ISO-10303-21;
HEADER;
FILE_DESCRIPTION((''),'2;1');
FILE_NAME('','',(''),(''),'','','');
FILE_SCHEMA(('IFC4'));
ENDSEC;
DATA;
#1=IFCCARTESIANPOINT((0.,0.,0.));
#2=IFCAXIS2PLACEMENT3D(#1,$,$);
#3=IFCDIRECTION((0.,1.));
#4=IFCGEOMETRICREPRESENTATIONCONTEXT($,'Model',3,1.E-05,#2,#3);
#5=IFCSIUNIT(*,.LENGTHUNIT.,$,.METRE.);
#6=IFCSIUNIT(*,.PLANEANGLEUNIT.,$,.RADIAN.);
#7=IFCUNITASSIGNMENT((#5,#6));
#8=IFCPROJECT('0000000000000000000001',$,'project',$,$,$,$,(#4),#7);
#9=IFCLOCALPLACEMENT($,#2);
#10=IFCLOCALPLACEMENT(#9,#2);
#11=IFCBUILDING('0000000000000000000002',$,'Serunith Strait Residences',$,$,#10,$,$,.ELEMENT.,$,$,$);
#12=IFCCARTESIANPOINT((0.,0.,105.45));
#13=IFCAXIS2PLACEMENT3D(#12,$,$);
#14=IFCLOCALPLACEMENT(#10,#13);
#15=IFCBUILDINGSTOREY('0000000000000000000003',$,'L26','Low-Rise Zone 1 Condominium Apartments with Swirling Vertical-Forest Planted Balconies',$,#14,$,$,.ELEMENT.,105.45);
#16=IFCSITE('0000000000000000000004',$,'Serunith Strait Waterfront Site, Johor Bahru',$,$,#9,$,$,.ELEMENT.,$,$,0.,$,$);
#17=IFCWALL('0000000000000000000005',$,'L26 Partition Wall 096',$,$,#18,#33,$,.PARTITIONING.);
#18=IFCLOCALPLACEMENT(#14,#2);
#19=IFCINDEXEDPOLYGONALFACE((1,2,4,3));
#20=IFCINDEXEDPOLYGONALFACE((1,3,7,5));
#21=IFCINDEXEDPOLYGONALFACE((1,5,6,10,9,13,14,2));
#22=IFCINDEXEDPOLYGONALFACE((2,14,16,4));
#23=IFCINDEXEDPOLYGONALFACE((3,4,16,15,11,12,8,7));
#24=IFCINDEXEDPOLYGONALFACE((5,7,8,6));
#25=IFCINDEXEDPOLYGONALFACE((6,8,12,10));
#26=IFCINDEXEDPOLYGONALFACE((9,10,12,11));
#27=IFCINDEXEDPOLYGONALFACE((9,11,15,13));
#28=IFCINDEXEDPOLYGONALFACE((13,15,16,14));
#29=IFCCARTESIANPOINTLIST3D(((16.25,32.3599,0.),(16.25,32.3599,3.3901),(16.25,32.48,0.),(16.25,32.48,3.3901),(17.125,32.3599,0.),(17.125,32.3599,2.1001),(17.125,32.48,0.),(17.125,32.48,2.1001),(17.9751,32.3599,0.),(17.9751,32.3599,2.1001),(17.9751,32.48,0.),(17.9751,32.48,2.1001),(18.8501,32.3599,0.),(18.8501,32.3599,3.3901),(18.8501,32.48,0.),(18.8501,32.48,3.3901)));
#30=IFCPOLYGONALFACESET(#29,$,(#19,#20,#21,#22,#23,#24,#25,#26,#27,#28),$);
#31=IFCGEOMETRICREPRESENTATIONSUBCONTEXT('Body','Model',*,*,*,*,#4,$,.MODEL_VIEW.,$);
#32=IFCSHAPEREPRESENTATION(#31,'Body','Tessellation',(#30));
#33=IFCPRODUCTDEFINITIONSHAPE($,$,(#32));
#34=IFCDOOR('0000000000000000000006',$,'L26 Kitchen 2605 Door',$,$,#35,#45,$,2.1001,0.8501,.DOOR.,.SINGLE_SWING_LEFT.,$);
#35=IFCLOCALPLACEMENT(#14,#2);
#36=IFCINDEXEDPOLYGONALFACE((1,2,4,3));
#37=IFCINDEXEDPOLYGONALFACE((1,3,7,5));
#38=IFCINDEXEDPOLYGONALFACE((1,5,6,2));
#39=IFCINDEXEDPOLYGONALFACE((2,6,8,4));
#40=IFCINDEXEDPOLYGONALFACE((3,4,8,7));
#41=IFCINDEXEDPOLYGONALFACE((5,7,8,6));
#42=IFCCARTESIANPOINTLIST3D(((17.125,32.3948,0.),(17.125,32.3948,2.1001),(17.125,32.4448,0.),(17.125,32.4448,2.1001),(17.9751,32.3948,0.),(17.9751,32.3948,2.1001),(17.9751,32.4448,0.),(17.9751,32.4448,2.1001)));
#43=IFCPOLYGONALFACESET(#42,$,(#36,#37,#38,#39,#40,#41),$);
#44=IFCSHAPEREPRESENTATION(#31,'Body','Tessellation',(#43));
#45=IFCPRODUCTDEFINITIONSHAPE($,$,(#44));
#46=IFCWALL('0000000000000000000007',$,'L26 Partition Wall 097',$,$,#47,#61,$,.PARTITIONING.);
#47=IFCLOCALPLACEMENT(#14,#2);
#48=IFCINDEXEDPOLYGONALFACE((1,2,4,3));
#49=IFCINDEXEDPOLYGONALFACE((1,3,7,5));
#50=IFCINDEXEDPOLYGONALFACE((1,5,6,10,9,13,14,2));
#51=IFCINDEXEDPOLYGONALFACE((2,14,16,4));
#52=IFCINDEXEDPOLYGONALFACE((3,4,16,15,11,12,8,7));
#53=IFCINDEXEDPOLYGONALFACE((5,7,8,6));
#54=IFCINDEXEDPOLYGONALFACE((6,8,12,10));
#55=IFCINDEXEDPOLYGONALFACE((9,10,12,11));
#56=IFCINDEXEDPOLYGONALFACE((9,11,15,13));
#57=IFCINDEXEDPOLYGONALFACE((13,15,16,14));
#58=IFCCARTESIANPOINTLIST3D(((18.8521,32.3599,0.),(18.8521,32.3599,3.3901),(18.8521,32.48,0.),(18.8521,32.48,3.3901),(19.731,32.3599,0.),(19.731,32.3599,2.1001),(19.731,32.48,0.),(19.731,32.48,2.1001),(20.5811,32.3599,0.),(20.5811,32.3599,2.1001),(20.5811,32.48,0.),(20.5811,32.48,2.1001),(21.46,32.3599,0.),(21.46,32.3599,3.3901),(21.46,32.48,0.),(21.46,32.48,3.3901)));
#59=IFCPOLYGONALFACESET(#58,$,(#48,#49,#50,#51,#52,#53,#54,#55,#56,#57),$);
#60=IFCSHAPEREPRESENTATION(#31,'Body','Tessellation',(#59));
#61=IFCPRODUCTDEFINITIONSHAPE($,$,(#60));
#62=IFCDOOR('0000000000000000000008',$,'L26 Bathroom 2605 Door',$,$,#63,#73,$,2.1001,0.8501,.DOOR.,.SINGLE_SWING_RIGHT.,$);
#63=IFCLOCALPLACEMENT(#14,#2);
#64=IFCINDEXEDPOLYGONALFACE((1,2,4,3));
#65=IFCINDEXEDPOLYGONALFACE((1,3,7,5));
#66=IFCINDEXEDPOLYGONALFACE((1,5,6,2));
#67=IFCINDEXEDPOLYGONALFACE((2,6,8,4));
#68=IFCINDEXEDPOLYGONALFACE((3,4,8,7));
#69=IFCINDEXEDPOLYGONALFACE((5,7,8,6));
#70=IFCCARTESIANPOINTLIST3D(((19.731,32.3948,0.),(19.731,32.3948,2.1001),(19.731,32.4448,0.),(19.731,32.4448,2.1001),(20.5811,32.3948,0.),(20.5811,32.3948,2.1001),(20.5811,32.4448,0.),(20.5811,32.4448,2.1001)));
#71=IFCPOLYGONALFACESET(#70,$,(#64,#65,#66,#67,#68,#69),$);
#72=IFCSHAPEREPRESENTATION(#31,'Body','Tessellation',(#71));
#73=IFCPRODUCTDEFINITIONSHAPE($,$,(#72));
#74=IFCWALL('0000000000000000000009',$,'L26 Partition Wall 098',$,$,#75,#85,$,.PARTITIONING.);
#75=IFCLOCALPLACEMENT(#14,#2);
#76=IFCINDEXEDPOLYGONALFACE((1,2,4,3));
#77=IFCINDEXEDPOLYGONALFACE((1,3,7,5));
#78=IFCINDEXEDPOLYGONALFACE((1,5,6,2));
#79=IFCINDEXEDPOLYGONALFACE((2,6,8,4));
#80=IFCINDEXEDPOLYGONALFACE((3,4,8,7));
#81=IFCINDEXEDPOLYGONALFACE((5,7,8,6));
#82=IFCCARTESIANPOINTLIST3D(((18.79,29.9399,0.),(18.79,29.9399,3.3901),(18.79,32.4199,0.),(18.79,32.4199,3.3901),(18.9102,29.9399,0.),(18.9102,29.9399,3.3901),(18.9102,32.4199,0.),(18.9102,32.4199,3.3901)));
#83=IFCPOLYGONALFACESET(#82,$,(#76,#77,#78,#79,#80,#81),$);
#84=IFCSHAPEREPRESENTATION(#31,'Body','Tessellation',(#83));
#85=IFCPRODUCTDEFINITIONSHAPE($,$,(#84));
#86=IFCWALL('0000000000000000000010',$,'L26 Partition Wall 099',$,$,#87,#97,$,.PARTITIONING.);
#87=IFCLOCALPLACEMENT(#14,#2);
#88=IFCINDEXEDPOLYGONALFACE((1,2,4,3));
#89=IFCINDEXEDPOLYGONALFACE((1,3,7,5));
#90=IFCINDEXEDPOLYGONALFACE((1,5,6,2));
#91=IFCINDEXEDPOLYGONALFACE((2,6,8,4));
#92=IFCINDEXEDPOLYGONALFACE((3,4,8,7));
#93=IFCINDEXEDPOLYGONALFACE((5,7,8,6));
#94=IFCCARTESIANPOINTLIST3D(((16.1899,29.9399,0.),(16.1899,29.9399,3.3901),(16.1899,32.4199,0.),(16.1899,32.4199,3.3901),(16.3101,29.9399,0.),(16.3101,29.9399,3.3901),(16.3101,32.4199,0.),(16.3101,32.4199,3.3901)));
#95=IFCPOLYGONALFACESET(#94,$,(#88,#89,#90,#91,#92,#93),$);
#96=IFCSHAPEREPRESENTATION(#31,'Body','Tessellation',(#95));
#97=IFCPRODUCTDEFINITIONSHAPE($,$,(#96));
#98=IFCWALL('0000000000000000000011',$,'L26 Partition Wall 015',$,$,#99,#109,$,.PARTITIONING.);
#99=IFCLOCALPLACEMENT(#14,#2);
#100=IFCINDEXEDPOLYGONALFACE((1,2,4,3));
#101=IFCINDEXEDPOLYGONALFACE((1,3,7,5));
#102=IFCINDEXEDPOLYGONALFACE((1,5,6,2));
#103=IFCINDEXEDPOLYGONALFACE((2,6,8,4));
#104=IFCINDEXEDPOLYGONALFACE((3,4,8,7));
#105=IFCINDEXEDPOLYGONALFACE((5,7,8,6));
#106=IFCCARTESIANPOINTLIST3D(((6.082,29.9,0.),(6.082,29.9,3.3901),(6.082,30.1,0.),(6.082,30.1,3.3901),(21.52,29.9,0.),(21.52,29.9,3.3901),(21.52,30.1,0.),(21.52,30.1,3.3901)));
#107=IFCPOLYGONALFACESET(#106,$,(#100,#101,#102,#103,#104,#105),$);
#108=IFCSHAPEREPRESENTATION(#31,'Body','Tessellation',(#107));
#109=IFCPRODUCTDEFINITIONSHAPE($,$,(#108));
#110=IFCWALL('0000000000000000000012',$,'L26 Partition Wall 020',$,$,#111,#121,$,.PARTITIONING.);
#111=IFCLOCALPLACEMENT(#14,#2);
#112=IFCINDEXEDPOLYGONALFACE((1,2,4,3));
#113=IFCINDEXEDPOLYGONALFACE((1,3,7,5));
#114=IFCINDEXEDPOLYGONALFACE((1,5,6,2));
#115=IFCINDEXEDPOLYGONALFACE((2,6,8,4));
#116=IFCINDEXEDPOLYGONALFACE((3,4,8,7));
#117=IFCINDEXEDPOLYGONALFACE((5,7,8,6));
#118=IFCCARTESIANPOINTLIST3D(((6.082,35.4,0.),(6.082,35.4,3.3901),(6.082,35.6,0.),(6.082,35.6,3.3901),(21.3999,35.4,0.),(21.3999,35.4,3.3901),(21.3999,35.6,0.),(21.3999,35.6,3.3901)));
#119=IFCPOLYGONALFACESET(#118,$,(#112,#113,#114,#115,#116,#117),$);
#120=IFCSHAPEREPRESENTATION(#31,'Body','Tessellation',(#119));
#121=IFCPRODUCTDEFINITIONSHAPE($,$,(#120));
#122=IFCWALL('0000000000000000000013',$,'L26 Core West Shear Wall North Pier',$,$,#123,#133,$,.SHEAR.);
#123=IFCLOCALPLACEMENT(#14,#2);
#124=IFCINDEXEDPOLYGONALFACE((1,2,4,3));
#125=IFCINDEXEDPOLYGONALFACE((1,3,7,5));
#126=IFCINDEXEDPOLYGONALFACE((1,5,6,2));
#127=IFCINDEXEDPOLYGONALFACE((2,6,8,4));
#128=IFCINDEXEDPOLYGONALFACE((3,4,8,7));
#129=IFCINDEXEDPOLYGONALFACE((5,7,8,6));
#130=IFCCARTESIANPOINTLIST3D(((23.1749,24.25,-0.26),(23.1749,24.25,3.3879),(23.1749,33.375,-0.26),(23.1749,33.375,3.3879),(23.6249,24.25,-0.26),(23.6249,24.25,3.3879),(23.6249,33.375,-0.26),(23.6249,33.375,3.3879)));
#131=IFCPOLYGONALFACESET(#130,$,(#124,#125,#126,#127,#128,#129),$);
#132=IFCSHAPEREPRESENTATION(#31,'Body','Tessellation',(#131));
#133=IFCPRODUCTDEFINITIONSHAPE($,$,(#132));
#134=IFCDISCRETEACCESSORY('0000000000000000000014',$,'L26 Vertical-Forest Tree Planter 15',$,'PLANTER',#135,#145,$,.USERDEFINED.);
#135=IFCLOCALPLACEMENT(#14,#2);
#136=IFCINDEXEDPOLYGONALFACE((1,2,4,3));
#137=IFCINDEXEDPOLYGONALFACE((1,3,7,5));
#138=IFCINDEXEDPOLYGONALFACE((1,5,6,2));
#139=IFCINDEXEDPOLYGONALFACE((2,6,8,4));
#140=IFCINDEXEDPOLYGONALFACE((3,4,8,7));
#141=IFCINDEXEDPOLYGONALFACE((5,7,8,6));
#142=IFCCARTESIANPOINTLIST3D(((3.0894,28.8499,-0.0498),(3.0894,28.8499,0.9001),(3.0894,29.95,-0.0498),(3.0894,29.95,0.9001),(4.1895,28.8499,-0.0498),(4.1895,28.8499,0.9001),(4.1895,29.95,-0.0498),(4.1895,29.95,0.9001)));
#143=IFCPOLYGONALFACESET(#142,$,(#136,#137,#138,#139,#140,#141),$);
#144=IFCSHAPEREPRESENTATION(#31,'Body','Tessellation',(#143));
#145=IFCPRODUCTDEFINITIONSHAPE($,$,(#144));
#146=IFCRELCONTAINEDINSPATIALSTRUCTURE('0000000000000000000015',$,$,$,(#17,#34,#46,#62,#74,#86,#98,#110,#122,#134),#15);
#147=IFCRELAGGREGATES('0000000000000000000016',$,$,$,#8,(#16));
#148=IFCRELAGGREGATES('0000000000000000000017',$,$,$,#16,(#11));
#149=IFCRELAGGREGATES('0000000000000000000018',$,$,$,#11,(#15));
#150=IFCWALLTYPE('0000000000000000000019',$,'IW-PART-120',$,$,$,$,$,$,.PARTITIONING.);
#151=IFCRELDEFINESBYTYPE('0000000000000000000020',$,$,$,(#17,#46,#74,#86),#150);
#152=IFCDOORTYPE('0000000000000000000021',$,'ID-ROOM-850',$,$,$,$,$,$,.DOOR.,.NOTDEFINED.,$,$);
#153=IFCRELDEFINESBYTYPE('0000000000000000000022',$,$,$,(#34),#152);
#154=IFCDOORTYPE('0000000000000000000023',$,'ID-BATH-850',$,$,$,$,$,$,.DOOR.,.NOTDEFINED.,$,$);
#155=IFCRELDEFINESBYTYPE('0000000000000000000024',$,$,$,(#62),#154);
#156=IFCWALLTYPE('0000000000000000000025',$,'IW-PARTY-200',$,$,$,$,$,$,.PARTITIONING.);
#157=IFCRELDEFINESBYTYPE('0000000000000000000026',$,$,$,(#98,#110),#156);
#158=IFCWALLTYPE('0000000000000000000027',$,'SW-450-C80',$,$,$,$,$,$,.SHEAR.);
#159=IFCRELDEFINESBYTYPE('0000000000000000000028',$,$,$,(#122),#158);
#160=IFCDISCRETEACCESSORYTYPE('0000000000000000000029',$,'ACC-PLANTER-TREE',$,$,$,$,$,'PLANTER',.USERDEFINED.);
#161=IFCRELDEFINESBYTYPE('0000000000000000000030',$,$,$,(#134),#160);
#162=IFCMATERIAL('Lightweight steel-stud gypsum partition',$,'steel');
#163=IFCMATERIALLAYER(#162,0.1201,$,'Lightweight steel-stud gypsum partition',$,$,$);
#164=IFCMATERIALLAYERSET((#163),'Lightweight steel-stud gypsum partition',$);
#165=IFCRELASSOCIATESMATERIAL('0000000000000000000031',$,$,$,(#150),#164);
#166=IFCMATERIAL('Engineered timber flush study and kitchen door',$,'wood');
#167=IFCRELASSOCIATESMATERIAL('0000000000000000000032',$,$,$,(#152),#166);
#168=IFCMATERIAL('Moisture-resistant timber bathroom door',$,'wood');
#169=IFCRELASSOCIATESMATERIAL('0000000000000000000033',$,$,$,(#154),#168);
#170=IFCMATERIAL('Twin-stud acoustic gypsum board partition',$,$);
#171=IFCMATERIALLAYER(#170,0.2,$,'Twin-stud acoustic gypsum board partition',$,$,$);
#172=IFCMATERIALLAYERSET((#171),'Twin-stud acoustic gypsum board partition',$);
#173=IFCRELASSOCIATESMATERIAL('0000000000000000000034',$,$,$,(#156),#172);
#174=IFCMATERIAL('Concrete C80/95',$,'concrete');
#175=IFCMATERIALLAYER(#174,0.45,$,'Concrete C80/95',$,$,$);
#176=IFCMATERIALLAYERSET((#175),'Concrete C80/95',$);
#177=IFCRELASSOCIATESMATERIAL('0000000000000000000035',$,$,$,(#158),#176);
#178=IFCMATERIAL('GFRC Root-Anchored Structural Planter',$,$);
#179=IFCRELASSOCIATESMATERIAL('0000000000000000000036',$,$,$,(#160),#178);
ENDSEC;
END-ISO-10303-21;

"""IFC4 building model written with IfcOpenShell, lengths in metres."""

from ifc_helpers import new_model, si_unit, direction, frame, frame_2d, origin, origin_2d, place, context, subcontext, project, spatial, rectangle, extrude, source, transform, mapped, material, layer, layer_set, type_object, element, fill, save


model = new_model("IFC4")

# Units and contexts
model_context = context("Model", 3, precision=1e-05, world=origin(), true_north=direction((0.0, 1.0)))
body_context = subcontext(model_context, "Body", "Model", "MODEL_VIEW")
ifc_project = project(units=[si_unit("LENGTHUNIT", "METRE"), si_unit("PLANEANGLEUNIT", "RADIAN")], contexts=[model_context])

# Site, building, storey
site_placement = place(None, origin())
site = spatial("IfcSite", under=ifc_project, at=site_placement, Name="Serunith Strait Waterfront Site, Johor Bahru", CompositionType="ELEMENT", RefElevation=0.0)
building_placement = place(site_placement, origin())
building = spatial("IfcBuilding", under=site, at=building_placement, Name="Serunith Strait Residences", CompositionType="ELEMENT")
storey_placement = place(building_placement, frame((0.0, 0.0, 105.45)))
storey = spatial("IfcBuildingStorey", under=building, at=storey_placement, Name="L26", Description="Low-Rise Zone 1 Condominium Apartments with Swirling Vertical-Forest Planted Balconies", CompositionType="ELEMENT", Elevation=105.45)

# Walls, openings, doors
ifc_material_1 = material(Name="Lightweight steel-stud gypsum partition", Category="steel")
ifc_layer_1 = layer(ifc_material_1, 0.1201, Name="Lightweight steel-stud gypsum partition")
ifc_layer_set_1 = layer_set([ifc_layer_1], Name="Lightweight steel-stud gypsum partition")
wall_type_1 = type_object("IfcWallType", Name="IW-PART-120", PredefinedType="PARTITIONING", material=ifc_layer_set_1)
wall_1_placement = place(storey_placement, frame((16.25, 32.4199, 0.0), z_axis=(0.0, 0.0, 1.0), x_axis=(1.0, 0.0, 0.0)))
wall_1 = element("IfcWall", 1, at=wall_1_placement, inside=storey, type_object=wall_type_1, Name="L26 Partition Wall 096", PredefinedType="PARTITIONING", context=body_context, shape_type="SweptSolid", body=[
    extrude(rectangle(XDim=2.6001, YDim=0.1201, at=frame_2d((1.3, 0.0))), origin(), (0.0, 0.0, 1.0), 3.3901),
])
opening_1_placement = place(wall_1_placement, frame((0.875, 0.0, 0.0)))
opening_1 = element("IfcOpeningElement", 2, at=opening_1_placement, cuts=wall_1, PredefinedType="OPENING", context=body_context, shape_type="SweptSolid", body=[
    extrude(rectangle(XDim=0.8501, YDim=2.1001, at=frame_2d((0.425, 1.05))), frame((0.0, 0.0701, 0.0), z_axis=(0.0, -1.0, 0.0), x_axis=(1.0, 0.0, 0.0)), (0.0, 0.0, 1.0), 0.1401),
])
ifc_material_2 = material(Name="Engineered timber flush study and kitchen door", Category="wood")
door_type_1 = type_object("IfcDoorType", Name="ID-ROOM-850", OperationType="NOTDEFINED", PredefinedType="DOOR", material=ifc_material_2)
shared_shape_1 = source(origin(), body_context, "Body", "SweptSolid", [
    extrude(rectangle(XDim=0.8501, YDim=2.1001, at=frame_2d((0.425, 1.05))), frame((0.0, 0.0249, 0.0), z_axis=(0.0, -1.0, 0.0), x_axis=(1.0, 0.0, 0.0)), (0.0, 0.0, 1.0), 0.05),
])
door_1_placement = place(opening_1_placement, origin())
door_1 = element("IfcDoor", 3, at=door_1_placement, inside=storey, type_object=door_type_1, Name="L26 Kitchen 2605 Door", OperationType="SINGLE_SWING_LEFT", OverallHeight=2.1001, OverallWidth=0.8501, PredefinedType="DOOR", context=body_context, shape_type="MappedRepresentation", body=[
    mapped(shared_shape_1, transform((0.0, 0.0, 0.0), scale=1.0)),
])
fill(opening_1, door_1)
wall_2_placement = place(storey_placement, frame((18.8521, 32.4199, 0.0), z_axis=(0.0, 0.0, 1.0), x_axis=(1.0, 0.0, 0.0)))
wall_2 = element("IfcWall", 4, at=wall_2_placement, inside=storey, type_object=wall_type_1, Name="L26 Partition Wall 097", PredefinedType="PARTITIONING", context=body_context, shape_type="SweptSolid", body=[
    extrude(rectangle(XDim=2.6079, YDim=0.1201, at=frame_2d((1.304, 0.0))), origin(), (0.0, 0.0, 1.0), 3.3901),
])
opening_2_placement = place(wall_2_placement, frame((0.8789, 0.0, 0.0)))
opening_2 = element("IfcOpeningElement", 5, at=opening_2_placement, cuts=wall_2, PredefinedType="OPENING", context=body_context, shape_type="SweptSolid", body=[
    extrude(rectangle(XDim=0.8501, YDim=2.1001, at=frame_2d((0.425, 1.05))), frame((0.0, 0.0701, 0.0), z_axis=(0.0, -1.0, 0.0), x_axis=(1.0, 0.0, 0.0)), (0.0, 0.0, 1.0), 0.1401),
])
ifc_material_3 = material(Name="Moisture-resistant timber bathroom door", Category="wood")
door_type_2 = type_object("IfcDoorType", Name="ID-BATH-850", OperationType="NOTDEFINED", PredefinedType="DOOR", material=ifc_material_3)
door_2_placement = place(opening_2_placement, origin())
door_2 = element("IfcDoor", 6, at=door_2_placement, inside=storey, type_object=door_type_2, Name="L26 Bathroom 2605 Door", OperationType="SINGLE_SWING_RIGHT", OverallHeight=2.1001, OverallWidth=0.8501, PredefinedType="DOOR", context=body_context, shape_type="MappedRepresentation", body=[
    mapped(shared_shape_1, transform((0.0, 0.0, 0.0), scale=1.0)),
])
fill(opening_2, door_2)

# Walls
for number, where, z_axis, x_axis, name in (
    (7, (18.8501, 29.9399, 0.0), (0.0, 0.0, 1.0), (0.0, 1.0, 0.0), "L26 Partition Wall 098"),
    (8, (16.25, 29.9399, 0.0), (0.0, 0.0, 1.0), (0.0, 1.0, 0.0), "L26 Partition Wall 099"),
):
    element("IfcWall", number, at=place(storey_placement, frame(where, z_axis=z_axis, x_axis=x_axis)), inside=storey, type_object=wall_type_1, Name=name, PredefinedType="PARTITIONING", context=body_context, shape_type="SweptSolid", body=[
        extrude(rectangle(XDim=2.48, YDim=0.1201, at=frame_2d((1.24, 0.0))), origin(), (0.0, 0.0, 1.0), 3.3901),
    ])
ifc_material_4 = material(Name="Twin-stud acoustic gypsum board partition")
ifc_layer_2 = layer(ifc_material_4, 0.2, Name="Twin-stud acoustic gypsum board partition")
ifc_layer_set_2 = layer_set([ifc_layer_2], Name="Twin-stud acoustic gypsum board partition")
wall_type_2 = type_object("IfcWallType", Name="IW-PARTY-200", PredefinedType="PARTITIONING", material=ifc_layer_set_2)
wall_3_placement = place(storey_placement, frame((6.082, 30.0, 0.0), z_axis=(0.0, 0.0, 1.0), x_axis=(1.0, 0.0, 0.0)))
element("IfcWall", 9, at=wall_3_placement, inside=storey, type_object=wall_type_2, Name="L26 Partition Wall 015", PredefinedType="PARTITIONING", context=body_context, shape_type="SweptSolid", body=[
    extrude(rectangle(XDim=15.438, YDim=0.2, at=frame_2d((7.719, 0.0))), origin(), (0.0, 0.0, 1.0), 3.3901),
])
wall_4_placement = place(storey_placement, frame((6.082, 35.5, 0.0), z_axis=(0.0, 0.0, 1.0), x_axis=(1.0, 0.0, 0.0)))
element("IfcWall", 10, at=wall_4_placement, inside=storey, type_object=wall_type_2, Name="L26 Partition Wall 020", PredefinedType="PARTITIONING", context=body_context, shape_type="SweptSolid", body=[
    extrude(rectangle(XDim=15.3179, YDim=0.2, at=frame_2d((7.6589, 0.0))), origin(), (0.0, 0.0, 1.0), 3.3901),
])
ifc_material_5 = material(Name="Concrete C80/95", Category="concrete")
ifc_layer_3 = layer(ifc_material_5, 0.45, Name="Concrete C80/95")
ifc_layer_set_3 = layer_set([ifc_layer_3], Name="Concrete C80/95")
wall_type_3 = type_object("IfcWallType", Name="SW-450-C80", PredefinedType="SHEAR", material=ifc_layer_set_3)
wall_5_placement = place(storey_placement, frame((23.3999, 24.25, -0.26), z_axis=(0.0, 0.0, 1.0), x_axis=(0.0, 1.0, 0.0)))
element("IfcWall", 11, at=wall_5_placement, inside=storey, type_object=wall_type_3, Name="L26 Core West Shear Wall North Pier", PredefinedType="SHEAR", context=body_context, shape_type="SweptSolid", body=[
    extrude(rectangle(XDim=9.125, YDim=0.45, at=frame_2d((4.5625, 0.0))), origin(), (0.0, 0.0, 1.0), 3.6479),
])

# Discrete accessory
ifc_material_6 = material(Name="GFRC Root-Anchored Structural Planter")
discrete_accessory_type = type_object("IfcDiscreteAccessoryType", Name="ACC-PLANTER-TREE", ElementType="PLANTER", PredefinedType="USERDEFINED", material=ifc_material_6)
shared_shape_2 = source(origin(), body_context, "Body", "SweptSolid", [
    extrude(rectangle(XDim=1.1001, YDim=1.1001, at=origin_2d()), origin(), (0.0, 0.0, 1.0), 0.95),
])
discrete_accessory_placement = place(storey_placement, frame((3.6394, 29.3999, -0.0498), z_axis=(0.0, 0.0, 1.0), x_axis=(0.0, -1.0, 0.0)))
element("IfcDiscreteAccessory", 12, at=discrete_accessory_placement, inside=storey, type_object=discrete_accessory_type, Name="L26 Vertical-Forest Tree Planter 15", ObjectType="PLANTER", PredefinedType="USERDEFINED", context=body_context, shape_type="MappedRepresentation", body=[
    mapped(shared_shape_2, transform((0.0, 0.0, 0.0), scale=1.0)),
])

save(model, "model.ifc")
